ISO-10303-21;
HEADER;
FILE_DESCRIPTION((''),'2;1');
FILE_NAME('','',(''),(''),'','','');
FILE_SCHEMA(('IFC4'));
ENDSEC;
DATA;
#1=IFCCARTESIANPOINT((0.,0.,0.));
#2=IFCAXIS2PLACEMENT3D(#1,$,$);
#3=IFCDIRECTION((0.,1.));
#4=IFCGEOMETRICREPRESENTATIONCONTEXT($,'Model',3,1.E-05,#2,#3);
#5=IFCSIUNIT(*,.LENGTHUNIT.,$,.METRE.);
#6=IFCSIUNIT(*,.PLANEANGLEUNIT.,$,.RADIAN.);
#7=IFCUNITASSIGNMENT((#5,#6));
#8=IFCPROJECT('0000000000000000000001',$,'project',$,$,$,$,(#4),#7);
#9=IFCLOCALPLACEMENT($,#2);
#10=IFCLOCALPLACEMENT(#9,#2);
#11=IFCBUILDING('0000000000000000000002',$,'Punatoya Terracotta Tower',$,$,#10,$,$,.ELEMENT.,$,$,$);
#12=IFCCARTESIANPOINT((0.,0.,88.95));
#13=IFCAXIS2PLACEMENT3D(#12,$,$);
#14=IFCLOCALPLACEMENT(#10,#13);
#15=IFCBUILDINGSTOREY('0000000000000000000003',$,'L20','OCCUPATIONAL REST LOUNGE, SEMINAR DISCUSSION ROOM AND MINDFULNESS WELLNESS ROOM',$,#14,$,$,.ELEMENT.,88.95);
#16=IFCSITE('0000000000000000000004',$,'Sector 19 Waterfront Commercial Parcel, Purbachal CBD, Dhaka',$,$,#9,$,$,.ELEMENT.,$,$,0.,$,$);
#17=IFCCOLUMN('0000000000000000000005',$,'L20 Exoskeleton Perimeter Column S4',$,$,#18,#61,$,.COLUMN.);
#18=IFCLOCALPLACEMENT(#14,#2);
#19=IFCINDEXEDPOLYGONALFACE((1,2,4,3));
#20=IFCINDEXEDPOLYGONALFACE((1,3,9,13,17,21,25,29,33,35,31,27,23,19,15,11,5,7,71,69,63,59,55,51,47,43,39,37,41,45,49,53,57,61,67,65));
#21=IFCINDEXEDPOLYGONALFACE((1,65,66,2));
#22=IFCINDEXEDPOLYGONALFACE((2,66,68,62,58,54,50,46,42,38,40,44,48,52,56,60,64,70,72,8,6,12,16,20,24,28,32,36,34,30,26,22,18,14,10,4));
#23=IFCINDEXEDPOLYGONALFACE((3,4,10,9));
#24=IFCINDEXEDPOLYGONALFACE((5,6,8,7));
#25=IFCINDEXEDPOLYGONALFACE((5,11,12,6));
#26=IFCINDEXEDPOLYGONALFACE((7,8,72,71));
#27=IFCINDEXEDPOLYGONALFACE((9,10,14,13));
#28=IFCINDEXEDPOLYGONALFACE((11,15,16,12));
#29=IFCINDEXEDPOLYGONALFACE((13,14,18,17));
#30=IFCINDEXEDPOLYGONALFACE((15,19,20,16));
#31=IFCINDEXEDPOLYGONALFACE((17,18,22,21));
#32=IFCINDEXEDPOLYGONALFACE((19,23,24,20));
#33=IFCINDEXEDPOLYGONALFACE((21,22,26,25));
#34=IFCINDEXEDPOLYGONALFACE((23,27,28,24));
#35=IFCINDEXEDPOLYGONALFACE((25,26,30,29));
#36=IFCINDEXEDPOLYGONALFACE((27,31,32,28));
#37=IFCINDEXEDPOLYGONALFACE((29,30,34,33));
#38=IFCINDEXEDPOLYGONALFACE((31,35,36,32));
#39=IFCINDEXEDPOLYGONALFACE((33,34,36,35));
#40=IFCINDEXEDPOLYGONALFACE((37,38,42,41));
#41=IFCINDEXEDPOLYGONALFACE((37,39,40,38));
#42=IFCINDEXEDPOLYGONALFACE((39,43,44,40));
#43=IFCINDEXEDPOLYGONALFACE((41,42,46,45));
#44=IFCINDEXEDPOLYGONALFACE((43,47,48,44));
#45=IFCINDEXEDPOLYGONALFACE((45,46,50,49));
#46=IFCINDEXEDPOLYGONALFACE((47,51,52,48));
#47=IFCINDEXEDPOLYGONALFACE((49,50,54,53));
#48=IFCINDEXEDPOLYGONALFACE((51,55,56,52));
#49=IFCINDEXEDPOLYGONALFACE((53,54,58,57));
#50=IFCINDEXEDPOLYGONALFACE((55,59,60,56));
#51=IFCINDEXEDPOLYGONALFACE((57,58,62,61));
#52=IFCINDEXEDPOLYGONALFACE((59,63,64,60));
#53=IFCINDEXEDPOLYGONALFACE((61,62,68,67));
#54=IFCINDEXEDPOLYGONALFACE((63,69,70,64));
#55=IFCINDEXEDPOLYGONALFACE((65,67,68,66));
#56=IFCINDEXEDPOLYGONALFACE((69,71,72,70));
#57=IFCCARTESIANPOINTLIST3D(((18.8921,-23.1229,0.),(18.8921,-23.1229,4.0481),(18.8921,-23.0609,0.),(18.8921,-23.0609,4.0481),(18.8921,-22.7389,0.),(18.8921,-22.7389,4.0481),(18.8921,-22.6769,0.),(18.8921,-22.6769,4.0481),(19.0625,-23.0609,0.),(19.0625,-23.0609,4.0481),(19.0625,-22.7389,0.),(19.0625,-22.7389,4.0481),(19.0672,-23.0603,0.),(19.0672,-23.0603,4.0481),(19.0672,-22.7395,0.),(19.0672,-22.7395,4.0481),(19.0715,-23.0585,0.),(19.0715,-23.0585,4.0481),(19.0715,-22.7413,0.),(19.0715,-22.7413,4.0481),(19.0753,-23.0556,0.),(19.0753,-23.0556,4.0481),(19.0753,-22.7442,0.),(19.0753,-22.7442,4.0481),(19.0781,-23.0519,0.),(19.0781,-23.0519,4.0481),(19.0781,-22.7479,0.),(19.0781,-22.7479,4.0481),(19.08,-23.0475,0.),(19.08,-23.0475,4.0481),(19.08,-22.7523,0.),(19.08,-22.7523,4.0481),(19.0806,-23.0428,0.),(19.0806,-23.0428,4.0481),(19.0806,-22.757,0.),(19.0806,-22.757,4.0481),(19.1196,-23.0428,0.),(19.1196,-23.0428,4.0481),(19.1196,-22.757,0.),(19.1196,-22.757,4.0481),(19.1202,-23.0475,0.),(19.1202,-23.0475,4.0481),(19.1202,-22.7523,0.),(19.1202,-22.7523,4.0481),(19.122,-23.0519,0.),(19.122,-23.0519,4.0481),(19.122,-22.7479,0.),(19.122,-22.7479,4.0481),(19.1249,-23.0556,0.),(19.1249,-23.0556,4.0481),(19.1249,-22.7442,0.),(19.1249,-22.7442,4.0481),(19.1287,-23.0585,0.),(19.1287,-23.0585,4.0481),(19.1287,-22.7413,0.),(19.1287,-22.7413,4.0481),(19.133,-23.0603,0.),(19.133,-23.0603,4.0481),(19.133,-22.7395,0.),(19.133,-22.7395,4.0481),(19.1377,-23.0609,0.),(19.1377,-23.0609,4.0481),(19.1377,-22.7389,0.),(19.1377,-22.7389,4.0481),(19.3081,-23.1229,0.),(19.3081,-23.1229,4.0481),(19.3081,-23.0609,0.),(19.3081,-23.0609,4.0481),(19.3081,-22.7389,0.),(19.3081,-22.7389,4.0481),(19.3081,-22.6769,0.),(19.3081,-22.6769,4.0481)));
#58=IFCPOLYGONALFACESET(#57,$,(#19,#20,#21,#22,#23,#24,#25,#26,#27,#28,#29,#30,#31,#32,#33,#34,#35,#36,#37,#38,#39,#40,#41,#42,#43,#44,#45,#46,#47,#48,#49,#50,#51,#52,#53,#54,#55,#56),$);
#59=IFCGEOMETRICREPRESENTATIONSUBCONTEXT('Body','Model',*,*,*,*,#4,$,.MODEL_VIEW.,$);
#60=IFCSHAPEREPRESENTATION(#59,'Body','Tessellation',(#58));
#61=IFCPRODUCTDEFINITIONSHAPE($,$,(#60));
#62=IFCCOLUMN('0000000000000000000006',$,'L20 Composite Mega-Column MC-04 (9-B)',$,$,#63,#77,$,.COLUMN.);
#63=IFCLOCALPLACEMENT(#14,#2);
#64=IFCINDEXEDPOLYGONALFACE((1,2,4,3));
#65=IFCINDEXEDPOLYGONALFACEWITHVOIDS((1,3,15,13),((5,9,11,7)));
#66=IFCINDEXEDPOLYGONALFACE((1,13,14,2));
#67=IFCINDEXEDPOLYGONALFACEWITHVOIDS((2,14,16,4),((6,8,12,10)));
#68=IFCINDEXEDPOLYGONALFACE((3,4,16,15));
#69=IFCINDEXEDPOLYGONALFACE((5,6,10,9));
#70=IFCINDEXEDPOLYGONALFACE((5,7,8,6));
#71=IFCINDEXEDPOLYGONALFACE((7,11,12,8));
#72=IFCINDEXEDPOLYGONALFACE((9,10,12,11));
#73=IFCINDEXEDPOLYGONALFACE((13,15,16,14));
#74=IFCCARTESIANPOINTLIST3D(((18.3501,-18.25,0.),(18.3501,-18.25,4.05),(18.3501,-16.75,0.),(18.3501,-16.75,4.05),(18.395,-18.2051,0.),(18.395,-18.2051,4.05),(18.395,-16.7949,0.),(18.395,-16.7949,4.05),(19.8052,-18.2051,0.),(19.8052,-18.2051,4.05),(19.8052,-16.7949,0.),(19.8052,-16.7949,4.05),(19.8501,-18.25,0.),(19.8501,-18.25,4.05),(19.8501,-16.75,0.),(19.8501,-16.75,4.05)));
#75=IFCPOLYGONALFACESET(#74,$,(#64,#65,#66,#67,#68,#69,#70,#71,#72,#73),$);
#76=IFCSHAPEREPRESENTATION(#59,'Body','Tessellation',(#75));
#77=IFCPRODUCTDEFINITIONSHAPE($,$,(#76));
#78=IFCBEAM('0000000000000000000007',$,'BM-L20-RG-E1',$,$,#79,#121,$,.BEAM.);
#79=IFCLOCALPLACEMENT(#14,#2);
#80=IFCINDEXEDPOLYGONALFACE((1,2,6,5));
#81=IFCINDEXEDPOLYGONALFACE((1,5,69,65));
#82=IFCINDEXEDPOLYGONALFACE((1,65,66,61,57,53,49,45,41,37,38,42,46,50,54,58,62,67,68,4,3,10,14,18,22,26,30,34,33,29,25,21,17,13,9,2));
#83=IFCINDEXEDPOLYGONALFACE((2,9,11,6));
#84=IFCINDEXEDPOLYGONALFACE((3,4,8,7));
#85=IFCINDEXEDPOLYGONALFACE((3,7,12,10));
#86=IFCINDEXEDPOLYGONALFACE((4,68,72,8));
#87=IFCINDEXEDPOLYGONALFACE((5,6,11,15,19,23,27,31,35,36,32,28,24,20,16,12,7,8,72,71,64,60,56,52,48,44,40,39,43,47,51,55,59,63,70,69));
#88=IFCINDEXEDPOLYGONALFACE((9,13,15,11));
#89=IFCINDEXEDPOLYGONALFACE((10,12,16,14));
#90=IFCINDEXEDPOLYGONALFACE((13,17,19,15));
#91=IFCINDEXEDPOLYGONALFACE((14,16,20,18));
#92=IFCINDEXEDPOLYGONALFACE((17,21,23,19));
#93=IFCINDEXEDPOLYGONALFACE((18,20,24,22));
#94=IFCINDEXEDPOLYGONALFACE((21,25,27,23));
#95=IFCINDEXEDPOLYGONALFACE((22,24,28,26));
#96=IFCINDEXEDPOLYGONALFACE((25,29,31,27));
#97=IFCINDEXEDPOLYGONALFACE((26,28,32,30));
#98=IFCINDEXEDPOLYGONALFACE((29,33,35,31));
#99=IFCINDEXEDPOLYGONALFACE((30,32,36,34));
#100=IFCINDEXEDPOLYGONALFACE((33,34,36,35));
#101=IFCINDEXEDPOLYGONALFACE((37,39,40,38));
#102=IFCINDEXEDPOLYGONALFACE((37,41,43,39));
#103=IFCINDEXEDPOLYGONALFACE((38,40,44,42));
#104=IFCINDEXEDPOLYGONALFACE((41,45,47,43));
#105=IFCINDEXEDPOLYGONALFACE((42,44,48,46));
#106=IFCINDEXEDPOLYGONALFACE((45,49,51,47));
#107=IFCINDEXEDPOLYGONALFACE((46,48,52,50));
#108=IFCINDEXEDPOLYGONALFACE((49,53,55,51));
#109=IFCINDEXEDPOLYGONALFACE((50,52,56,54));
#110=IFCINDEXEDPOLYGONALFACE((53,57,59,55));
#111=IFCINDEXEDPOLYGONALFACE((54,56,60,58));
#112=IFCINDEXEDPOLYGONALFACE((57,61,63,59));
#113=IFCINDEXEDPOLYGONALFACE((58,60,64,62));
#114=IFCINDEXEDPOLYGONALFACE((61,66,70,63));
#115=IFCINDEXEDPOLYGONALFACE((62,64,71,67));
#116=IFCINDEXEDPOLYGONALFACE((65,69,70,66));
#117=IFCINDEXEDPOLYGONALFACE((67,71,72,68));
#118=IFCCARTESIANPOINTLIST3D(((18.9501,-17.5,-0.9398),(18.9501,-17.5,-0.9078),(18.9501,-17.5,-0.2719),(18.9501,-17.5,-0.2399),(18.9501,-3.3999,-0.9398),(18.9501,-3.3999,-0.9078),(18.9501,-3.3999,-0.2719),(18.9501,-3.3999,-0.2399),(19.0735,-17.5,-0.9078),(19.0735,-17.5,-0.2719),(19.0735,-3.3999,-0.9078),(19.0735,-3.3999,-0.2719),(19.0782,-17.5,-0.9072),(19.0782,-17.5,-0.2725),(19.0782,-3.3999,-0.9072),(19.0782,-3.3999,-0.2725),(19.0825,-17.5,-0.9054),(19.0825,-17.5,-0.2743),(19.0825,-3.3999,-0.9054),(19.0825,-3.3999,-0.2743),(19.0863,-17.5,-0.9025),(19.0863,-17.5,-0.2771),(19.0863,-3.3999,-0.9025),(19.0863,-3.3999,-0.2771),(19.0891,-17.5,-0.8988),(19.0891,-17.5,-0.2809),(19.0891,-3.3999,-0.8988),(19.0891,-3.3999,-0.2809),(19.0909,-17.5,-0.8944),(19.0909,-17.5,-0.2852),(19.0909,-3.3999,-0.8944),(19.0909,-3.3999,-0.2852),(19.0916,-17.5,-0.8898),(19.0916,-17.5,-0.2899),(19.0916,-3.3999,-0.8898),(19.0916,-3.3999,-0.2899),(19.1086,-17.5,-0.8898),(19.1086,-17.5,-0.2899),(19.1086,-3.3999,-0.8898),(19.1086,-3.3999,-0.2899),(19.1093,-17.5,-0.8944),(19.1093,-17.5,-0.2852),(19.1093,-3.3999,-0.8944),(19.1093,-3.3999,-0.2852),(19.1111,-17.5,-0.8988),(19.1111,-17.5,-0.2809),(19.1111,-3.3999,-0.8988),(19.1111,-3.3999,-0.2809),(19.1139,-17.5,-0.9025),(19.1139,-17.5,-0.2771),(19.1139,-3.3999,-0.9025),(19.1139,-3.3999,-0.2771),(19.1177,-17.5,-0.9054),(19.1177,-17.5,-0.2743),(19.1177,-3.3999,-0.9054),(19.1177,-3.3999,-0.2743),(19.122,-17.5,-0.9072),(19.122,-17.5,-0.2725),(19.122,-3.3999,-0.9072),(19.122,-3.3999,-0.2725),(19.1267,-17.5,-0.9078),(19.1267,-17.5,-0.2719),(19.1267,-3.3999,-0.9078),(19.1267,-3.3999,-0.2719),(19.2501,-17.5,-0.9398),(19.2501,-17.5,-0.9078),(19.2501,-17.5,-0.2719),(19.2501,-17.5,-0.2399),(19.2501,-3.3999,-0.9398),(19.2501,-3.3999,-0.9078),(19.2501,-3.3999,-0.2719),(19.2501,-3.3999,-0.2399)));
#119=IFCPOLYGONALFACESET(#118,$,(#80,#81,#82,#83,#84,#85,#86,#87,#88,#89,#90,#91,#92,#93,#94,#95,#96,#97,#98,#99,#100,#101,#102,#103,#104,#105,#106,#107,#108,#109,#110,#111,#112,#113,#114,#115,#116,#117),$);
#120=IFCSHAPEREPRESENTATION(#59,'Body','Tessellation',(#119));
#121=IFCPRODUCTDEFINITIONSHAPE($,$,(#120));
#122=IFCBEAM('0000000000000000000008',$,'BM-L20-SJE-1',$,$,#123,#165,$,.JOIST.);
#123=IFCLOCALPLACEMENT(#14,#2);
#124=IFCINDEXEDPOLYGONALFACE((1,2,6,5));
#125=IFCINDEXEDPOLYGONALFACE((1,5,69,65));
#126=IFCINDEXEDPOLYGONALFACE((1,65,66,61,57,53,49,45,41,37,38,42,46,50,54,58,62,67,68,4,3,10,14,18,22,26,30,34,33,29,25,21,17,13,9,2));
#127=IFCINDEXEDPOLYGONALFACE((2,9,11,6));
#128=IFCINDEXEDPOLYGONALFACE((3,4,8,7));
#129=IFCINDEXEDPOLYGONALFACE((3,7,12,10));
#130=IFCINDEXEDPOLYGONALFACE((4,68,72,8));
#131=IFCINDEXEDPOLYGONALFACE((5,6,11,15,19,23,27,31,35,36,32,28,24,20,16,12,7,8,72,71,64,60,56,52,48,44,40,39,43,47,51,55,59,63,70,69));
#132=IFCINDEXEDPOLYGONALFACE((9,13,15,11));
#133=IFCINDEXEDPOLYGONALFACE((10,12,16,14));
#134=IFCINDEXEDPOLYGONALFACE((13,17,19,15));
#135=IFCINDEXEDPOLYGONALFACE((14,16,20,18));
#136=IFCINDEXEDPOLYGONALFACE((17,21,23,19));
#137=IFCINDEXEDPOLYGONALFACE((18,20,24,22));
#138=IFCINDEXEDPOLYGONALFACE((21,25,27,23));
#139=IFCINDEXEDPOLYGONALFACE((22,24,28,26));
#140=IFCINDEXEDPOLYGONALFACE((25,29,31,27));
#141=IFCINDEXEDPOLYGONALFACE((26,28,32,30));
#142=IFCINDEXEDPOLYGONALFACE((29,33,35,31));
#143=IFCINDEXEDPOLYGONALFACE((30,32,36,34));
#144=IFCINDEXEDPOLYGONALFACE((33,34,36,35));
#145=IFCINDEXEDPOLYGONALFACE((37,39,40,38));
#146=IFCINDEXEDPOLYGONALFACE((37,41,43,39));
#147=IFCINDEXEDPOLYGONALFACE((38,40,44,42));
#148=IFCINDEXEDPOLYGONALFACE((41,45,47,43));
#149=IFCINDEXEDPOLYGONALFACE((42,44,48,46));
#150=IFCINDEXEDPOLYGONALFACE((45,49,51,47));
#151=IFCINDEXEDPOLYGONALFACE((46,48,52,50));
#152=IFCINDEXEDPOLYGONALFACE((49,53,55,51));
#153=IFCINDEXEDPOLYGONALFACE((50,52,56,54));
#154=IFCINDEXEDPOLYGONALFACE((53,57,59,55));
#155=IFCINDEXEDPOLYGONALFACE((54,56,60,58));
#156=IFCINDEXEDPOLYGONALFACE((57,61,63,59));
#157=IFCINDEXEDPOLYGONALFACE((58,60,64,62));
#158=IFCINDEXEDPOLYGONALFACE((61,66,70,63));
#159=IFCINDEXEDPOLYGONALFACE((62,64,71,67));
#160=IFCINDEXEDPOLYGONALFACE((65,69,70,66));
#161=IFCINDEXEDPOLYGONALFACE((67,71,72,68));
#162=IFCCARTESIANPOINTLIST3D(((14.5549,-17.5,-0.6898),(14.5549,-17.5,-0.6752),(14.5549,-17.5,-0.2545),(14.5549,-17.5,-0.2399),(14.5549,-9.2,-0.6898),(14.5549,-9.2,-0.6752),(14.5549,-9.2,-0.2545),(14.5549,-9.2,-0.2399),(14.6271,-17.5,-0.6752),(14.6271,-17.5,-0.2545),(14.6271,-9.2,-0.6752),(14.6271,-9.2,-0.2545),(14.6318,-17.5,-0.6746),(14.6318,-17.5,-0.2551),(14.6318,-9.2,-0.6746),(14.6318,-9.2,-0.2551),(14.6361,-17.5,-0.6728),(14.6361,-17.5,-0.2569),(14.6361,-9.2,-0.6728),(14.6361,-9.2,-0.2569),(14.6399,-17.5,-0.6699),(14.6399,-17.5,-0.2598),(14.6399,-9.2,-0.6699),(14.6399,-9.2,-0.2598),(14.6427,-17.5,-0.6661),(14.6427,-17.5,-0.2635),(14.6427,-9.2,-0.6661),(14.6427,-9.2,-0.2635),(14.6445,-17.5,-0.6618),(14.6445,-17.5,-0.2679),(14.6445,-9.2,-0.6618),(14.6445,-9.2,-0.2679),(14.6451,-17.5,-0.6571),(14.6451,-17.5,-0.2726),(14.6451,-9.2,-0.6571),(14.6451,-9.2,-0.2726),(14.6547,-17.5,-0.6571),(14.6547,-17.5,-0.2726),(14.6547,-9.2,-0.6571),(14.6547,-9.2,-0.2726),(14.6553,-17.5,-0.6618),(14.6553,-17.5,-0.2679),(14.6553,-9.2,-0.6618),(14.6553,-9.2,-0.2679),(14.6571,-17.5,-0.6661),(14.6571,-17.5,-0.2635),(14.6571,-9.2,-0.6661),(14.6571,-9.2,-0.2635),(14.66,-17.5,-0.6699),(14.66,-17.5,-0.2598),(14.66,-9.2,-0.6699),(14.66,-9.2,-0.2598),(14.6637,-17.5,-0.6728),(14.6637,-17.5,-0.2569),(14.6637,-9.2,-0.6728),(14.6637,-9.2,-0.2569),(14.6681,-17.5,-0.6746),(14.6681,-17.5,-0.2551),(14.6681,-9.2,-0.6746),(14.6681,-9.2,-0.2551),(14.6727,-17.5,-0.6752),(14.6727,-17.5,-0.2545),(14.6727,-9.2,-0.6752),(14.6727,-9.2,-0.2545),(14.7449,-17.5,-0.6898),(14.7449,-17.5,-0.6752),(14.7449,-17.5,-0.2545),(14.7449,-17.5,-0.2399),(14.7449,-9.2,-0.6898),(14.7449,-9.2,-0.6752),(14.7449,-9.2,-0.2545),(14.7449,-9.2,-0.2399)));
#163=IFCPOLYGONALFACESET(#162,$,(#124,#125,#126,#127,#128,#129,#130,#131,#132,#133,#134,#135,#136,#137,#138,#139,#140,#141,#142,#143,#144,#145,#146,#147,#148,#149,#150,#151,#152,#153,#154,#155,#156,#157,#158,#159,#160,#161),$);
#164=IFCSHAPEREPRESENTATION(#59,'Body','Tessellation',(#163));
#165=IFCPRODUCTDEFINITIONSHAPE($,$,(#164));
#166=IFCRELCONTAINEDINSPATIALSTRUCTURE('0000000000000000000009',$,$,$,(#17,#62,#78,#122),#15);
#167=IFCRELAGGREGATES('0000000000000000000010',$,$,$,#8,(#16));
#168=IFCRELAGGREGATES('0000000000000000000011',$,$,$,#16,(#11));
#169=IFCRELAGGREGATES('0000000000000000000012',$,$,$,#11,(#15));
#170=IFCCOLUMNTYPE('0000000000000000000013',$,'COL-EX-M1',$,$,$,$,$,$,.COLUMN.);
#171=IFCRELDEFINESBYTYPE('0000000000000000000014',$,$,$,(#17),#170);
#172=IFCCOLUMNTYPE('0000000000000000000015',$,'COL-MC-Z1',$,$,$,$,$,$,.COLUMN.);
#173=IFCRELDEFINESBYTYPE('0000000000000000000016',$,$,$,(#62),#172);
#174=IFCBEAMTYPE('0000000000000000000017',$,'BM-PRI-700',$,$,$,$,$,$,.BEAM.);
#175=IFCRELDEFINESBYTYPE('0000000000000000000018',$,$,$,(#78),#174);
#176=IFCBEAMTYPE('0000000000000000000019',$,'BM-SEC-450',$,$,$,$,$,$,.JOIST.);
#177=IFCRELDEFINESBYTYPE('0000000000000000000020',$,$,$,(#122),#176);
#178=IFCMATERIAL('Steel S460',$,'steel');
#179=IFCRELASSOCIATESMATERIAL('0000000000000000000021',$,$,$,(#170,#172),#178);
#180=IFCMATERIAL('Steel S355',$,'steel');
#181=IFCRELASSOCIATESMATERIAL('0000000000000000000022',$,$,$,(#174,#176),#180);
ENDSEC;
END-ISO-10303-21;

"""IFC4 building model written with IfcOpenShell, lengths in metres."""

from ifc_helpers import new_model, si_unit, direction, frame, origin, origin_2d, place, context, subcontext, project, spatial, hollow_rectangle, i_section, extrude, material, material_profile, profile_set, type_object, element, save


model = new_model("IFC4")

# Units and contexts
model_context = context("Model", 3, precision=1e-05, world=origin(), true_north=direction((0.0, 1.0)))
body_context = subcontext(model_context, "Body", "Model", "MODEL_VIEW")
ifc_project = project(units=[si_unit("LENGTHUNIT", "METRE"), si_unit("PLANEANGLEUNIT", "RADIAN")], contexts=[model_context])

# Site, building, storey
site_placement = place(None, origin())
site = spatial("IfcSite", under=ifc_project, at=site_placement, Name="Sector 19 Waterfront Commercial Parcel, Purbachal CBD, Dhaka", CompositionType="ELEMENT", RefElevation=0.0)
building_placement = place(site_placement, origin())
building = spatial("IfcBuilding", under=site, at=building_placement, Name="Punatoya Terracotta Tower", CompositionType="ELEMENT")
storey_placement = place(building_placement, frame((0.0, 0.0, 88.95)))
storey = spatial("IfcBuildingStorey", under=building, at=storey_placement, Name="L20", Description="OCCUPATIONAL REST LOUNGE, SEMINAR DISCUSSION ROOM AND MINDFULNESS WELLNESS ROOM", CompositionType="ELEMENT", Elevation=88.95)

# Columns
ifc_material_1 = material(Name="Steel S460", Category="steel")
ifc_material_profile_1 = material_profile(ifc_material_1, i_section(OverallWidth=0.416, OverallDepth=0.446, WebThickness=0.0391, FlangeThickness=0.062, FilletRadius=0.0181, at=origin_2d()))
ifc_profile_set_1 = profile_set([ifc_material_profile_1], Name="Steel S460")
column_type_1 = type_object("IfcColumnType", Name="COL-EX-M1", PredefinedType="COLUMN", material=ifc_profile_set_1)
column_1_placement = place(storey_placement, frame((19.1001, -22.8999, 0.0), z_axis=(0.0, 0.0, 1.0), x_axis=(1.0, 0.0, 0.0)))
element("IfcColumn", 1, at=column_1_placement, inside=storey, type_object=column_type_1, Name="L20 Exoskeleton Perimeter Column S4", PredefinedType="COLUMN", context=body_context, shape_type="SweptSolid", body=[
    extrude(i_section(OverallWidth=0.416, OverallDepth=0.446, WebThickness=0.0391, FlangeThickness=0.062, FilletRadius=0.0181, at=origin_2d()), origin(), (0.0, 0.0, 1.0), 4.0481),
])
ifc_material_profile_2 = material_profile(ifc_material_1, hollow_rectangle(XDim=1.5, YDim=1.5, WallThickness=0.0449, at=origin_2d()))
ifc_profile_set_2 = profile_set([ifc_material_profile_2], Name="Steel S460")
column_type_2 = type_object("IfcColumnType", Name="COL-MC-Z1", PredefinedType="COLUMN", material=ifc_profile_set_2)
column_2_placement = place(storey_placement, frame((19.1001, -17.5, 0.0), z_axis=(0.0, 0.0, 1.0), x_axis=(1.0, 0.0, 0.0)))
element("IfcColumn", 2, at=column_2_placement, inside=storey, type_object=column_type_2, Name="L20 Composite Mega-Column MC-04 (9-B)", PredefinedType="COLUMN", context=body_context, shape_type="SweptSolid", body=[
    extrude(hollow_rectangle(XDim=1.5, YDim=1.5, WallThickness=0.0449, at=origin_2d()), origin(), (0.0, 0.0, 1.0), 4.05),
])

# Beams
ifc_material_2 = material(Name="Steel S355", Category="steel")
ifc_material_profile_3 = material_profile(ifc_material_2, i_section(OverallWidth=0.3, OverallDepth=0.7, WebThickness=0.0171, FlangeThickness=0.032, FilletRadius=0.0181, at=origin_2d()))
ifc_profile_set_3 = profile_set([ifc_material_profile_3], Name="Steel S355")
beam_type_1 = type_object("IfcBeamType", Name="BM-PRI-700", PredefinedType="BEAM", material=ifc_profile_set_3)
beam_1_placement = place(storey_placement, frame((19.1001, -17.5, -0.5898), z_axis=(0.0, 1.0, 0.0), x_axis=(-1.0, 0.0, 0.0)))
element("IfcBeam", 3, at=beam_1_placement, inside=storey, type_object=beam_type_1, Name="BM-L20-RG-E1", PredefinedType="BEAM", context=body_context, shape_type="SweptSolid", body=[
    extrude(i_section(OverallWidth=0.3, OverallDepth=0.7, WebThickness=0.0171, FlangeThickness=0.032, FilletRadius=0.0181, at=origin_2d()), origin(), (0.0, 0.0, 1.0), 14.1001),
])
ifc_material_profile_4 = material_profile(ifc_material_2, i_section(OverallWidth=0.1899, OverallDepth=0.45, WebThickness=0.0095, FlangeThickness=0.0146, FilletRadius=0.0181, at=origin_2d()))
ifc_profile_set_4 = profile_set([ifc_material_profile_4], Name="Steel S355")
beam_type_2 = type_object("IfcBeamType", Name="BM-SEC-450", PredefinedType="JOIST", material=ifc_profile_set_4)
beam_2_placement = place(storey_placement, frame((14.6499, -17.5, -0.4648), z_axis=(0.0, 1.0, 0.0), x_axis=(-1.0, 0.0, 0.0)))
element("IfcBeam", 4, at=beam_2_placement, inside=storey, type_object=beam_type_2, Name="BM-L20-SJE-1", PredefinedType="JOIST", context=body_context, shape_type="SweptSolid", body=[
    extrude(i_section(OverallWidth=0.1899, OverallDepth=0.45, WebThickness=0.0095, FlangeThickness=0.0146, FilletRadius=0.0181, at=origin_2d()), origin(), (0.0, 0.0, 1.0), 8.3),
])

save(model, "model.ifc")
